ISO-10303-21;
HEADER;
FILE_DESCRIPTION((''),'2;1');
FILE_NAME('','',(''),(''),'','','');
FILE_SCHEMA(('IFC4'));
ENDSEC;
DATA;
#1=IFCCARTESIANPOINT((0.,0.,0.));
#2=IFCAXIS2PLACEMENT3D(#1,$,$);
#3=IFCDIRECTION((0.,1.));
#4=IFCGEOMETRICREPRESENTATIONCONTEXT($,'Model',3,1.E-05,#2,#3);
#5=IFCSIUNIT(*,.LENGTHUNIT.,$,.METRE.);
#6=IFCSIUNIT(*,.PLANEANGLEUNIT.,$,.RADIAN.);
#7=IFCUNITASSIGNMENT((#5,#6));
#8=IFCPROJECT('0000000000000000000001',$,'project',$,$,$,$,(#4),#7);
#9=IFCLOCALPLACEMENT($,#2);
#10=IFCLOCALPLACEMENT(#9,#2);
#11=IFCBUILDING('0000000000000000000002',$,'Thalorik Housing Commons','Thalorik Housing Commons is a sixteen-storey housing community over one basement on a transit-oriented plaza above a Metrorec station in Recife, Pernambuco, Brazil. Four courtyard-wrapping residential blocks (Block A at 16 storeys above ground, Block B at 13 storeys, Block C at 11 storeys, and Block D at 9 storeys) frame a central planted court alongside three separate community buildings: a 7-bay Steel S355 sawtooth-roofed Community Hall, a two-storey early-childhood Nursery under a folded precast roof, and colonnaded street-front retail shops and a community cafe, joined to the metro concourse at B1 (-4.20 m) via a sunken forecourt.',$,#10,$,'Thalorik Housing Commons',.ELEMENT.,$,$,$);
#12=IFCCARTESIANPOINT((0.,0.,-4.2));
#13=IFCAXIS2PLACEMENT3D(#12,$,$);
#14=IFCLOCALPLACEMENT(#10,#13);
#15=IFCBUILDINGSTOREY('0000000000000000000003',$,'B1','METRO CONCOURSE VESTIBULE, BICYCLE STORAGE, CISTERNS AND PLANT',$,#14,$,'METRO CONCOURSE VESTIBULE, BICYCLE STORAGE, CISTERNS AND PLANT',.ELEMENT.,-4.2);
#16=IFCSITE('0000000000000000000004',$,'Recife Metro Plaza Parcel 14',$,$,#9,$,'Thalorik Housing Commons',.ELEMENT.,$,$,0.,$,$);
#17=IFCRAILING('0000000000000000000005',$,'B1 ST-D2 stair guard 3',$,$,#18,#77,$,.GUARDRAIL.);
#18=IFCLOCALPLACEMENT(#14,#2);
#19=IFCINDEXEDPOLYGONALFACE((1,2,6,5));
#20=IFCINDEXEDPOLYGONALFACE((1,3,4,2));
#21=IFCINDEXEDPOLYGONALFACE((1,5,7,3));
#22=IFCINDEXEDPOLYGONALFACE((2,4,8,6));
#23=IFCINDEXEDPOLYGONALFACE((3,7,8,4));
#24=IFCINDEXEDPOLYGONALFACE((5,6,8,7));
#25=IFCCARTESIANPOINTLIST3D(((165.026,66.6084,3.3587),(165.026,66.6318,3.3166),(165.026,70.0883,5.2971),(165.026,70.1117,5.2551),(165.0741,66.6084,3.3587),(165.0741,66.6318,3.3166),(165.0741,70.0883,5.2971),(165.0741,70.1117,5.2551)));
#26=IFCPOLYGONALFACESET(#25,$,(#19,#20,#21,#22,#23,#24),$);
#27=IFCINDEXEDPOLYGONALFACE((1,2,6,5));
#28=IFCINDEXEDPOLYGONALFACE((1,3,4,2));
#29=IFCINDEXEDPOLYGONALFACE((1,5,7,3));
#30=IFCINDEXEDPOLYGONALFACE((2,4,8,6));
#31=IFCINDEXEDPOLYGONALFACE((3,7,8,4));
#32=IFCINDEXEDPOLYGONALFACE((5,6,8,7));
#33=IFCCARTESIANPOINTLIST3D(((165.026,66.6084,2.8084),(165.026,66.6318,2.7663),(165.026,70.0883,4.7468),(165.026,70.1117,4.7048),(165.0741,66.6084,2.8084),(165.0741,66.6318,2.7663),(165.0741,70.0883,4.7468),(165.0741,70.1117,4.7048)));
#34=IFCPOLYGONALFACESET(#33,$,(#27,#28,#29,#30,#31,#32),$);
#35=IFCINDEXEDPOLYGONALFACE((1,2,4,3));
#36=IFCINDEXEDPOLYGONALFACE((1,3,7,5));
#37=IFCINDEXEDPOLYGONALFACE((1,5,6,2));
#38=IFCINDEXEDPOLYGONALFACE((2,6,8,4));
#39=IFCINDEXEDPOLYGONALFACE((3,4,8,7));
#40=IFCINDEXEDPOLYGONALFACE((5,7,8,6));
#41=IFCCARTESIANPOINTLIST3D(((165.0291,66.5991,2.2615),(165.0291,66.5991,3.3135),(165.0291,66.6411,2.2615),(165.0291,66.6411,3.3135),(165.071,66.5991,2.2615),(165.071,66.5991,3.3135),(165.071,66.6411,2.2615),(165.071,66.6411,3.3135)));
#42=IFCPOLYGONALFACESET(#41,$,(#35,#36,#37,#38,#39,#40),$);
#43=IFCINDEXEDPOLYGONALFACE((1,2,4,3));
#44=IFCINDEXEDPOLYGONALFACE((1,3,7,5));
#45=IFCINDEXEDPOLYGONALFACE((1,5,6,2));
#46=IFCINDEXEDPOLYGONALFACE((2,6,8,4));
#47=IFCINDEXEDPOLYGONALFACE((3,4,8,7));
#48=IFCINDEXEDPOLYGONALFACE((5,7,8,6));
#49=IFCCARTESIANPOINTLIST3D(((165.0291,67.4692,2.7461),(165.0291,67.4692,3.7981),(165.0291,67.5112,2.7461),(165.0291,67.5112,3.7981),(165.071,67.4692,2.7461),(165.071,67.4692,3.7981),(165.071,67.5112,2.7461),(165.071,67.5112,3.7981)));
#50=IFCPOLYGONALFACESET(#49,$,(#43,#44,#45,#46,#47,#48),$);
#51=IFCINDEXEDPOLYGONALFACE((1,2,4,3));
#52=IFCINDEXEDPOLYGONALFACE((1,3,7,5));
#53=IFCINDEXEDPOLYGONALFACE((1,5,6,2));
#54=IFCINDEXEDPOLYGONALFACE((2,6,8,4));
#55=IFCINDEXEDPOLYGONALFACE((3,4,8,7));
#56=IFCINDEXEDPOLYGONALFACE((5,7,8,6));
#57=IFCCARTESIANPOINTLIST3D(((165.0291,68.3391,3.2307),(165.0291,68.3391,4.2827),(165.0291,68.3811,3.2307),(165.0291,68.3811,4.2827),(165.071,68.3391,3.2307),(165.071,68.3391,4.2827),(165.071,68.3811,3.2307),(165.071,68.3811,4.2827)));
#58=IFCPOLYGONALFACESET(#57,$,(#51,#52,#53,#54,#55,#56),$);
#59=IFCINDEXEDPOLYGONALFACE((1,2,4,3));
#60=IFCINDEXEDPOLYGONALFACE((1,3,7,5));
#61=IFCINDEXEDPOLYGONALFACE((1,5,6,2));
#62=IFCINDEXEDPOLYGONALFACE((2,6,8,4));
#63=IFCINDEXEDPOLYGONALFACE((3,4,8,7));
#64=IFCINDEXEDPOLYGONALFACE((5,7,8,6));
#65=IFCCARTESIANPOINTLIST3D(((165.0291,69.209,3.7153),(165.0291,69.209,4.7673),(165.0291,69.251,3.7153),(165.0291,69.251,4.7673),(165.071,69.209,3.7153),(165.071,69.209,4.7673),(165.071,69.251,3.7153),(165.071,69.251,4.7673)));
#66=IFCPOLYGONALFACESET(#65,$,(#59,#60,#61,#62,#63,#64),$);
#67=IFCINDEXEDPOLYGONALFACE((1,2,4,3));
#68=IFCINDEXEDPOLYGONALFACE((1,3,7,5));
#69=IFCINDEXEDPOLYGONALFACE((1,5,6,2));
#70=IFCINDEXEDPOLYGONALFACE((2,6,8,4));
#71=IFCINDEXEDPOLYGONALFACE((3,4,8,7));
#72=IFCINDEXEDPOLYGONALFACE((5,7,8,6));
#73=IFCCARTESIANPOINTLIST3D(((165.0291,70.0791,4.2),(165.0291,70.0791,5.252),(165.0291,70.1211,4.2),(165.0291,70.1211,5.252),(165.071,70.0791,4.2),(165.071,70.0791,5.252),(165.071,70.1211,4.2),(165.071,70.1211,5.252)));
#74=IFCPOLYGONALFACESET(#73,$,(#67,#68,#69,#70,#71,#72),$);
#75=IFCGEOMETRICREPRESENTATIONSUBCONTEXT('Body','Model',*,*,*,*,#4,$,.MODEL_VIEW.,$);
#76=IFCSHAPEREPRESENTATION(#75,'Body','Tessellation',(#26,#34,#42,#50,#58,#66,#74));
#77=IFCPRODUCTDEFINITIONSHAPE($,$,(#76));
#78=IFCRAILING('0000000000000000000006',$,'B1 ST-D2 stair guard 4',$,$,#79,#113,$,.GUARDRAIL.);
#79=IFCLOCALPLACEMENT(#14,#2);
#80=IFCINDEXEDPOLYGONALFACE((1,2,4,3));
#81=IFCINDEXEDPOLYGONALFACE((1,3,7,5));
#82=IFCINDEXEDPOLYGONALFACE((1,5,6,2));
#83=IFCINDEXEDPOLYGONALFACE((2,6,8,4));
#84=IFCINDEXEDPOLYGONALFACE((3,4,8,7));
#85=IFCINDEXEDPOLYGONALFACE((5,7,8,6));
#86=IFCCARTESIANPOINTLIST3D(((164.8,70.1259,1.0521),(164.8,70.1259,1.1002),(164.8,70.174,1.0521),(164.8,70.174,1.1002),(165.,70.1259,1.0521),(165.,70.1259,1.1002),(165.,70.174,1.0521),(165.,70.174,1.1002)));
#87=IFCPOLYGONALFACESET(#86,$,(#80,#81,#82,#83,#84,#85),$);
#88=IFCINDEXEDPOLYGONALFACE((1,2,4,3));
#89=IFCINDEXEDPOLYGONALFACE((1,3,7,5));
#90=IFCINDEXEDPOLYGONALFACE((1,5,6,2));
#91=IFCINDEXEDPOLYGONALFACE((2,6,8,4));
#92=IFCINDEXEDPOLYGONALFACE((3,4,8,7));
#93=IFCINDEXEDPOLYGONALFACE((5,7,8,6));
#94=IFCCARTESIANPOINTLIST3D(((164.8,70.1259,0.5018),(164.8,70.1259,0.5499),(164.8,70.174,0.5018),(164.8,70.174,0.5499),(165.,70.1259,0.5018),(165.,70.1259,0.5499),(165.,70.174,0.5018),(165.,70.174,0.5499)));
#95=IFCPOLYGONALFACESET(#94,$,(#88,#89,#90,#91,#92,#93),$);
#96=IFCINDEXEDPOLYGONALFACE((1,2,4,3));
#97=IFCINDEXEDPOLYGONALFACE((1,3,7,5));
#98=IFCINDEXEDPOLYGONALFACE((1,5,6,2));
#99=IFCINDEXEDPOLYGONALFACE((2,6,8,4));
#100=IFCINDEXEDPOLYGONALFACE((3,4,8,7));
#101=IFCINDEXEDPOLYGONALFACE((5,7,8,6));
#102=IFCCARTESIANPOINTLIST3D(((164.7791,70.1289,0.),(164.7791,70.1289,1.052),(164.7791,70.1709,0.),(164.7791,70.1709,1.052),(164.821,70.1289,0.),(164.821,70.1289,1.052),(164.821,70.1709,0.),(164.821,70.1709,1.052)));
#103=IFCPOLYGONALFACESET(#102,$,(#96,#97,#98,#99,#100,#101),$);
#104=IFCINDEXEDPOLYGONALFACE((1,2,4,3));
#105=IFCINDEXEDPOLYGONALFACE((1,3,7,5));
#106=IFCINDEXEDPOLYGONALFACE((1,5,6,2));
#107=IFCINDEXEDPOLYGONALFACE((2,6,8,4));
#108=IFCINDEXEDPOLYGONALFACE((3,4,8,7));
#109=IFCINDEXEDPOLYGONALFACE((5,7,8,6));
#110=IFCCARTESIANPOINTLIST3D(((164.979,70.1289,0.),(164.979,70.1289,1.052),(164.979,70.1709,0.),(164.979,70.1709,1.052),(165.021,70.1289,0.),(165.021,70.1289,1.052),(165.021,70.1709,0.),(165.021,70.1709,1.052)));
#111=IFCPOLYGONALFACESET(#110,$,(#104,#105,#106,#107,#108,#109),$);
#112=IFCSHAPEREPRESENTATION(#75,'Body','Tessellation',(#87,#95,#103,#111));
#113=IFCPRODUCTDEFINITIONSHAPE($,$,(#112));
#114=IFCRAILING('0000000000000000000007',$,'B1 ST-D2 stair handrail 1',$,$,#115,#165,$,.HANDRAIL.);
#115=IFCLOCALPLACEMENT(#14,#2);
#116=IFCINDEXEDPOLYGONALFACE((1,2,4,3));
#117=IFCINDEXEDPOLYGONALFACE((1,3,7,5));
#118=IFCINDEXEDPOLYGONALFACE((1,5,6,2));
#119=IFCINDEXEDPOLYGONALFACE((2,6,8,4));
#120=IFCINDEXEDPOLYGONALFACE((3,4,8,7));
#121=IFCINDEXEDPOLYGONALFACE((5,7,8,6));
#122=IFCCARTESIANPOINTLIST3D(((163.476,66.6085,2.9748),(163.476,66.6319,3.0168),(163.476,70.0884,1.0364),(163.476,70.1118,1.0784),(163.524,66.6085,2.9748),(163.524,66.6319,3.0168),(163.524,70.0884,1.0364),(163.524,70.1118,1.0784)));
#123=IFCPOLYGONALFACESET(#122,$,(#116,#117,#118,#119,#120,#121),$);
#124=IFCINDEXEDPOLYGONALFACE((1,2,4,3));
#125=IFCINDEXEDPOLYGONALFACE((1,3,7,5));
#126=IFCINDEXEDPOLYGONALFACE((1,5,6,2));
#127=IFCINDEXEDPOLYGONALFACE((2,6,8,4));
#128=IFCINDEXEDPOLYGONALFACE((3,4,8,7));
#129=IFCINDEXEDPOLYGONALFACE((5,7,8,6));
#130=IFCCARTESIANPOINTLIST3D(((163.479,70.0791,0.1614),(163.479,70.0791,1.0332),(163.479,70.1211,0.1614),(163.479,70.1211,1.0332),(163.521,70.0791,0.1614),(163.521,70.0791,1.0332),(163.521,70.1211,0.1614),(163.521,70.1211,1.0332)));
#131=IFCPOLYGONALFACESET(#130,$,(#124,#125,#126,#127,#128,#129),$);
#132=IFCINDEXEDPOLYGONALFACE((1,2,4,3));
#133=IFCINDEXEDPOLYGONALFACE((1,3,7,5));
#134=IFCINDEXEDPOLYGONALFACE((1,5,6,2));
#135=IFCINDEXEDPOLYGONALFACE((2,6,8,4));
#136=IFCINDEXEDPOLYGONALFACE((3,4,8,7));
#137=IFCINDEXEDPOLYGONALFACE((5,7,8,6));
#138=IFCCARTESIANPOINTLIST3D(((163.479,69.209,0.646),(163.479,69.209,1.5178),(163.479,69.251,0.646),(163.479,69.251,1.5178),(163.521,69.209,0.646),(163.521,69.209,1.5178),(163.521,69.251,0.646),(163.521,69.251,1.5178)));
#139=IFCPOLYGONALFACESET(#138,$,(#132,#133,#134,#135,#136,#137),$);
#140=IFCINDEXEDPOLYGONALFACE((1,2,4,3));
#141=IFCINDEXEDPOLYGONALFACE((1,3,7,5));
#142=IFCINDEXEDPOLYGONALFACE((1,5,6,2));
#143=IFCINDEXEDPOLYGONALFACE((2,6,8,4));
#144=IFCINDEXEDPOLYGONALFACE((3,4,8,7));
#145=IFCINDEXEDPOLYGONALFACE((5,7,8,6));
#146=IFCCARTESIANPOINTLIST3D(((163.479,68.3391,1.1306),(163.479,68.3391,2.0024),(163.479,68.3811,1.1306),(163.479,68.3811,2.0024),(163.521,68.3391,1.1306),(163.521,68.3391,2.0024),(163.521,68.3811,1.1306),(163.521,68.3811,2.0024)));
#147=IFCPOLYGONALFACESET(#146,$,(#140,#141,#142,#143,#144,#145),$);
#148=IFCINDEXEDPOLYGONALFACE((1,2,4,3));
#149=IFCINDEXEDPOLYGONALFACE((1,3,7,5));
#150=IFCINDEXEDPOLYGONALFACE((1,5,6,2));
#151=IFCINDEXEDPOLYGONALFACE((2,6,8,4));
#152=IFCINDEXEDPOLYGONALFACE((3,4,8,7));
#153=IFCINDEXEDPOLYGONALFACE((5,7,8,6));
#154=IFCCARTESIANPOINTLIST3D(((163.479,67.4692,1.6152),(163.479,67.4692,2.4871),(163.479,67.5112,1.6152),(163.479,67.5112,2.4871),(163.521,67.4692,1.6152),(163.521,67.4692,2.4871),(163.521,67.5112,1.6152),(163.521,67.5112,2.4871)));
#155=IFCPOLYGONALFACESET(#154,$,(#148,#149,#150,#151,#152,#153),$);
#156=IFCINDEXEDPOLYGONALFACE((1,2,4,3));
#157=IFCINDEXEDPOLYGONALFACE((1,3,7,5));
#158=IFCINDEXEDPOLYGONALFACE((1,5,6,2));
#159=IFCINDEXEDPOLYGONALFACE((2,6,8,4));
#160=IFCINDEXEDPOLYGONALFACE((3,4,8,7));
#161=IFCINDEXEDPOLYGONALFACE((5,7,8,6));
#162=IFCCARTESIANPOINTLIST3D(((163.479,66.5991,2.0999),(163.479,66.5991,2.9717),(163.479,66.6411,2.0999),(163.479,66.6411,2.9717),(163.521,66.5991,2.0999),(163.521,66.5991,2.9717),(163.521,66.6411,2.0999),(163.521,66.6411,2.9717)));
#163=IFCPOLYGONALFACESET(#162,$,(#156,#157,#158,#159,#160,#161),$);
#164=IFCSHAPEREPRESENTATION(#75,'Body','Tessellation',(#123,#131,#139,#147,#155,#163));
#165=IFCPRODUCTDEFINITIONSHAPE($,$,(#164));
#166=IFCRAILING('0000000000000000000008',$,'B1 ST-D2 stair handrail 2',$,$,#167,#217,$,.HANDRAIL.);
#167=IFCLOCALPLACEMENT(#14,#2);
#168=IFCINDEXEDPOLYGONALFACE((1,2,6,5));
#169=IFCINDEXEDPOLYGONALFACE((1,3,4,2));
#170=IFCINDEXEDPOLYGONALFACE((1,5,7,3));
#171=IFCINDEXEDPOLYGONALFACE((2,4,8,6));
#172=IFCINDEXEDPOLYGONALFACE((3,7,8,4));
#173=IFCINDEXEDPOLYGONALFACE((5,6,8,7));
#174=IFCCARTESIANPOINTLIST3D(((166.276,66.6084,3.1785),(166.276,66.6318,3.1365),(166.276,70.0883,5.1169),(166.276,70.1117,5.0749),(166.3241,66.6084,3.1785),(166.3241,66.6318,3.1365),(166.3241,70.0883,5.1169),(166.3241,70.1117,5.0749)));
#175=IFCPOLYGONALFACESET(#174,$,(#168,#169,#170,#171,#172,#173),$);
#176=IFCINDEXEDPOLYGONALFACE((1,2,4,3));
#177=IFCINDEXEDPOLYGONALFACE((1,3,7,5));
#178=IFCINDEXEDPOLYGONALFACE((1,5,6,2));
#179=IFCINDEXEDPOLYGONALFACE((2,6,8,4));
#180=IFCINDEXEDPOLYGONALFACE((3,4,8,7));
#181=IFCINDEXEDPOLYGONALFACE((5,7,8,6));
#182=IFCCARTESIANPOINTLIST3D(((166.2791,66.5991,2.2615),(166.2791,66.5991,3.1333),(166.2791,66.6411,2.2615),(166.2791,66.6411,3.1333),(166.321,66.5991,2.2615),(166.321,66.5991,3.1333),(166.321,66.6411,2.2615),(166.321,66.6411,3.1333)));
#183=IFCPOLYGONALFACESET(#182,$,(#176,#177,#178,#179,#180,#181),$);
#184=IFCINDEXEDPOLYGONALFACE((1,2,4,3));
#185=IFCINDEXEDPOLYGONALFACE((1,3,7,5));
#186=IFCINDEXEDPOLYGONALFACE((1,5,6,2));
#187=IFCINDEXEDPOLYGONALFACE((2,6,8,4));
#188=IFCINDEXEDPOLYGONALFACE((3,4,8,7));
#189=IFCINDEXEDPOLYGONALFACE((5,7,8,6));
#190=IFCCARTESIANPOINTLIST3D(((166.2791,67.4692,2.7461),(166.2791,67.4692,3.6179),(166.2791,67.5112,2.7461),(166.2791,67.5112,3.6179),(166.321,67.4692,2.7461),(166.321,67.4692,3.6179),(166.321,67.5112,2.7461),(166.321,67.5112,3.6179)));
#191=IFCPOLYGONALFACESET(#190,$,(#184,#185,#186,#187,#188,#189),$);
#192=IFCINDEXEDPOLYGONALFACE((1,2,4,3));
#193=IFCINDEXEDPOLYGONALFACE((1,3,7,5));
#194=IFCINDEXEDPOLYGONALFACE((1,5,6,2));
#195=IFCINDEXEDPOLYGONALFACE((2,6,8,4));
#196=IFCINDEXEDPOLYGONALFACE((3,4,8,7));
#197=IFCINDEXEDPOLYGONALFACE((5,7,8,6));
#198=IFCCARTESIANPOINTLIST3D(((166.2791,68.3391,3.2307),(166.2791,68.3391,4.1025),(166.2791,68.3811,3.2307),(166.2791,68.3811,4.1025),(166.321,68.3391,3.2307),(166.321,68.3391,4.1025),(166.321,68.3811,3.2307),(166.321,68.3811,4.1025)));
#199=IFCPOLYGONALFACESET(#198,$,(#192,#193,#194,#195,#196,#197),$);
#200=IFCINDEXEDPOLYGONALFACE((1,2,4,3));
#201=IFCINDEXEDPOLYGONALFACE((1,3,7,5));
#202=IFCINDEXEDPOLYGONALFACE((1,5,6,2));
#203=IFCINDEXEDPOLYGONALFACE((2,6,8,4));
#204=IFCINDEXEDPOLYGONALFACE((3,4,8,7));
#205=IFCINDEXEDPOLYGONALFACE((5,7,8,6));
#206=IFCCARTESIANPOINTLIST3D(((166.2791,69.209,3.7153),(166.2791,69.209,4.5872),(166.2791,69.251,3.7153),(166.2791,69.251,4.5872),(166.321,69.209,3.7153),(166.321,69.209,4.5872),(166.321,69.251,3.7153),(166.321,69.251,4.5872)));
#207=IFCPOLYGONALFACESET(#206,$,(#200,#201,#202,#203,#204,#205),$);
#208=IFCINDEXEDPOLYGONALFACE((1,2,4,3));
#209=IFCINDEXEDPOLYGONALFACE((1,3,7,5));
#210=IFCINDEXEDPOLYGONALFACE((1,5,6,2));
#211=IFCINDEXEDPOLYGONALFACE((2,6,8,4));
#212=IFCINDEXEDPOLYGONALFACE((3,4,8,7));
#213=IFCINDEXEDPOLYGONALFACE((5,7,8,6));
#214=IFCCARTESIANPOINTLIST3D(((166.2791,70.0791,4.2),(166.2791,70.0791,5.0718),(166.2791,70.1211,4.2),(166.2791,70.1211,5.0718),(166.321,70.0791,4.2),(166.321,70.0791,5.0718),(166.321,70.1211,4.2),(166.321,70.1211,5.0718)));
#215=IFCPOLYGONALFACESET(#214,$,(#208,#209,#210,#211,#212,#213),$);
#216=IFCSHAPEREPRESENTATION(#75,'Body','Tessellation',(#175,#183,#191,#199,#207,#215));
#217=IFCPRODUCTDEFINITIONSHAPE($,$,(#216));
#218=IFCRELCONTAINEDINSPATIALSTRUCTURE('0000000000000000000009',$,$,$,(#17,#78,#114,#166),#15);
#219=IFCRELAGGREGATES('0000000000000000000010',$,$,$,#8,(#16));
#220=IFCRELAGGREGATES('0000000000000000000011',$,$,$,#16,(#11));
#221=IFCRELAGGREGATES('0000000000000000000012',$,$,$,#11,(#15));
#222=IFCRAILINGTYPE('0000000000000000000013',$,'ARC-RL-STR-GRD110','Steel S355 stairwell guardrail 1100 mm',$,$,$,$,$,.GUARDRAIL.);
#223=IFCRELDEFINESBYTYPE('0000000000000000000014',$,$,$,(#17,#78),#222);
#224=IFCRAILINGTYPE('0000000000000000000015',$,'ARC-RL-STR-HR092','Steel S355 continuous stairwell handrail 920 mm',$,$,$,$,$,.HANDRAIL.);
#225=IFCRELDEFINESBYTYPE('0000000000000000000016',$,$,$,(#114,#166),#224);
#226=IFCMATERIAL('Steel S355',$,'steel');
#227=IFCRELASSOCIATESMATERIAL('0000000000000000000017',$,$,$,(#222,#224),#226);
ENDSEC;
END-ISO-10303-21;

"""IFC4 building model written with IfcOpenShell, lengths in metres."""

from ifc_helpers import new_model, si_unit, direction, frame, origin, origin_2d, place, context, subcontext, project, spatial, rectangle, extrude, material, type_object, element, save


model = new_model("IFC4")

# Units and contexts
model_context = context("Model", 3, precision=1e-05, world=origin(), true_north=direction((0.0, 1.0)))
body_context = subcontext(model_context, "Body", "Model", "MODEL_VIEW")
ifc_project = project(units=[si_unit("LENGTHUNIT", "METRE"), si_unit("PLANEANGLEUNIT", "RADIAN")], contexts=[model_context])

# Site, building, storey
site_placement = place(None, origin())
site = spatial("IfcSite", under=ifc_project, at=site_placement, Name="Recife Metro Plaza Parcel 14", LongName="Thalorik Housing Commons", CompositionType="ELEMENT", RefElevation=0.0)
building_placement = place(site_placement, origin())
building = spatial("IfcBuilding", under=site, at=building_placement, Name="Thalorik Housing Commons", Description="Thalorik Housing Commons is a sixteen-storey housing community over one basement on a transit-oriented plaza above a Metrorec station in Recife, Pernambuco, Brazil. Four courtyard-wrapping residential blocks (Block A at 16 storeys above ground, Block B at 13 storeys, Block C at 11 storeys, and Block D at 9 storeys) frame a central planted court alongside three separate community buildings: a 7-bay Steel S355 sawtooth-roofed Community Hall, a two-storey early-childhood Nursery under a folded precast roof, and colonnaded street-front retail shops and a community cafe, joined to the metro concourse at B1 (-4.20 m) via a sunken forecourt.", LongName="Thalorik Housing Commons", CompositionType="ELEMENT")
storey_placement = place(building_placement, frame((0.0, 0.0, -4.2)))
storey = spatial("IfcBuildingStorey", under=building, at=storey_placement, Name="B1", Description="METRO CONCOURSE VESTIBULE, BICYCLE STORAGE, CISTERNS AND PLANT", LongName="METRO CONCOURSE VESTIBULE, BICYCLE STORAGE, CISTERNS AND PLANT", CompositionType="ELEMENT", Elevation=-4.2)

# Shared definitions
ifc_material_1 = material(Name="Steel S355", Category="steel")

# Railings
railing_type_1 = type_object("IfcRailingType", Name="ARC-RL-STR-GRD110", Description="Steel S355 stairwell guardrail 1100 mm", PredefinedType="GUARDRAIL", material=ifc_material_1)
railing_1_placement = place(storey_placement, frame((165.05, 66.6201, 2.2615)))
element("IfcRailing", 1, at=railing_1_placement, inside=storey, type_object=railing_type_1, Name="B1 ST-D2 stair guard 3", PredefinedType="GUARDRAIL", context=body_context, shape_type="SweptSolid", body=[
    extrude(rectangle(XDim=0.0481, YDim=0.0481, at=origin_2d()), frame((0.0, 0.0, 1.0762), z_axis=(0.0, 0.873607, 0.486631), x_axis=(-1.0, 0.0, 0.0)), (0.0, 0.0, 1.0), 3.9834),
    extrude(rectangle(XDim=0.0481, YDim=0.0481, at=origin_2d()), frame((0.0, 0.0, 0.5259), z_axis=(0.0, 0.873607, 0.486631), x_axis=(-1.0, 0.0, 0.0)), (0.0, 0.0, 1.0), 3.9834),
    extrude(rectangle(XDim=0.042, YDim=0.042, at=origin_2d()), origin(), (0.0, 0.0, 1.0), 1.052),
    extrude(rectangle(XDim=0.042, YDim=0.042, at=origin_2d()), frame((0.0, 0.8701, 0.4846)), (0.0, 0.0, 1.0), 1.052),
    extrude(rectangle(XDim=0.042, YDim=0.042, at=origin_2d()), frame((0.0, 1.74, 0.9692)), (0.0, 0.0, 1.0), 1.052),
    extrude(rectangle(XDim=0.042, YDim=0.042, at=origin_2d()), frame((0.0, 2.6099, 1.4539)), (0.0, 0.0, 1.0), 1.052),
    extrude(rectangle(XDim=0.042, YDim=0.042, at=origin_2d()), frame((0.0, 3.48, 1.9385)), (0.0, 0.0, 1.0), 1.052),
])
railing_2_placement = place(storey_placement, frame((164.8, 70.1499, 0.0)))
element("IfcRailing", 2, at=railing_2_placement, inside=storey, type_object=railing_type_1, Name="B1 ST-D2 stair guard 4", PredefinedType="GUARDRAIL", context=body_context, shape_type="SweptSolid", body=[
    extrude(rectangle(XDim=0.0481, YDim=0.0481, at=origin_2d()), frame((0.0, 0.0, 1.0762), z_axis=(1.0, 0.0, 0.0), x_axis=(0.0, 1.0, 0.0)), (0.0, 0.0, 1.0), 0.2),
    extrude(rectangle(XDim=0.0481, YDim=0.0481, at=origin_2d()), frame((0.0, 0.0, 0.5259), z_axis=(1.0, 0.0, 0.0), x_axis=(0.0, 1.0, 0.0)), (0.0, 0.0, 1.0), 0.2),
    extrude(rectangle(XDim=0.042, YDim=0.042, at=origin_2d()), origin(), (0.0, 0.0, 1.0), 1.052),
    extrude(rectangle(XDim=0.042, YDim=0.042, at=origin_2d()), frame((0.2, 0.0, 0.0)), (0.0, 0.0, 1.0), 1.052),
])
railing_type_2 = type_object("IfcRailingType", Name="ARC-RL-STR-HR092", Description="Steel S355 continuous stairwell handrail 920 mm", PredefinedType="HANDRAIL", material=ifc_material_1)
railing_3_placement = place(storey_placement, frame((163.5, 70.1001, 0.1614)))
element("IfcRailing", 3, at=railing_3_placement, inside=storey, type_object=railing_type_2, Name="B1 ST-D2 stair handrail 1", PredefinedType="HANDRAIL", context=body_context, shape_type="SweptSolid", body=[
    extrude(rectangle(XDim=0.0481, YDim=0.0481, at=origin_2d()), frame((0.0, 0.0, 0.896), z_axis=(0.0, -0.873607, 0.486631), x_axis=(1.0, 0.0, 0.0)), (0.0, 0.0, 1.0), 3.9834),
    extrude(rectangle(XDim=0.042, YDim=0.042, at=origin_2d()), origin(), (0.0, 0.0, 1.0), 0.8718),
    extrude(rectangle(XDim=0.042, YDim=0.042, at=origin_2d()), frame((0.0, -0.8701, 0.4846)), (0.0, 0.0, 1.0), 0.8718),
    extrude(rectangle(XDim=0.042, YDim=0.042, at=origin_2d()), frame((0.0, -1.74, 0.9692)), (0.0, 0.0, 1.0), 0.8718),
    extrude(rectangle(XDim=0.042, YDim=0.042, at=origin_2d()), frame((0.0, -2.6099, 1.4539)), (0.0, 0.0, 1.0), 0.8718),
    extrude(rectangle(XDim=0.042, YDim=0.042, at=origin_2d()), frame((0.0, -3.48, 1.9385)), (0.0, 0.0, 1.0), 0.8718),
])
railing_4_placement = place(storey_placement, frame((166.3, 66.6201, 2.2615)))
element("IfcRailing", 4, at=railing_4_placement, inside=storey, type_object=railing_type_2, Name="B1 ST-D2 stair handrail 2", PredefinedType="HANDRAIL", context=body_context, shape_type="SweptSolid", body=[
    extrude(rectangle(XDim=0.0481, YDim=0.0481, at=origin_2d()), frame((0.0, 0.0, 0.896), z_axis=(0.0, 0.873607, 0.486631), x_axis=(-1.0, 0.0, 0.0)), (0.0, 0.0, 1.0), 3.9834),
    extrude(rectangle(XDim=0.042, YDim=0.042, at=origin_2d()), origin(), (0.0, 0.0, 1.0), 0.8718),
    extrude(rectangle(XDim=0.042, YDim=0.042, at=origin_2d()), frame((0.0, 0.8701, 0.4846)), (0.0, 0.0, 1.0), 0.8718),
    extrude(rectangle(XDim=0.042, YDim=0.042, at=origin_2d()), frame((0.0, 1.74, 0.9692)), (0.0, 0.0, 1.0), 0.8718),
    extrude(rectangle(XDim=0.042, YDim=0.042, at=origin_2d()), frame((0.0, 2.6099, 1.4539)), (0.0, 0.0, 1.0), 0.8718),
    extrude(rectangle(XDim=0.042, YDim=0.042, at=origin_2d()), frame((0.0, 3.48, 1.9385)), (0.0, 0.0, 1.0), 0.8718),
])

save(model, "model.ifc")
